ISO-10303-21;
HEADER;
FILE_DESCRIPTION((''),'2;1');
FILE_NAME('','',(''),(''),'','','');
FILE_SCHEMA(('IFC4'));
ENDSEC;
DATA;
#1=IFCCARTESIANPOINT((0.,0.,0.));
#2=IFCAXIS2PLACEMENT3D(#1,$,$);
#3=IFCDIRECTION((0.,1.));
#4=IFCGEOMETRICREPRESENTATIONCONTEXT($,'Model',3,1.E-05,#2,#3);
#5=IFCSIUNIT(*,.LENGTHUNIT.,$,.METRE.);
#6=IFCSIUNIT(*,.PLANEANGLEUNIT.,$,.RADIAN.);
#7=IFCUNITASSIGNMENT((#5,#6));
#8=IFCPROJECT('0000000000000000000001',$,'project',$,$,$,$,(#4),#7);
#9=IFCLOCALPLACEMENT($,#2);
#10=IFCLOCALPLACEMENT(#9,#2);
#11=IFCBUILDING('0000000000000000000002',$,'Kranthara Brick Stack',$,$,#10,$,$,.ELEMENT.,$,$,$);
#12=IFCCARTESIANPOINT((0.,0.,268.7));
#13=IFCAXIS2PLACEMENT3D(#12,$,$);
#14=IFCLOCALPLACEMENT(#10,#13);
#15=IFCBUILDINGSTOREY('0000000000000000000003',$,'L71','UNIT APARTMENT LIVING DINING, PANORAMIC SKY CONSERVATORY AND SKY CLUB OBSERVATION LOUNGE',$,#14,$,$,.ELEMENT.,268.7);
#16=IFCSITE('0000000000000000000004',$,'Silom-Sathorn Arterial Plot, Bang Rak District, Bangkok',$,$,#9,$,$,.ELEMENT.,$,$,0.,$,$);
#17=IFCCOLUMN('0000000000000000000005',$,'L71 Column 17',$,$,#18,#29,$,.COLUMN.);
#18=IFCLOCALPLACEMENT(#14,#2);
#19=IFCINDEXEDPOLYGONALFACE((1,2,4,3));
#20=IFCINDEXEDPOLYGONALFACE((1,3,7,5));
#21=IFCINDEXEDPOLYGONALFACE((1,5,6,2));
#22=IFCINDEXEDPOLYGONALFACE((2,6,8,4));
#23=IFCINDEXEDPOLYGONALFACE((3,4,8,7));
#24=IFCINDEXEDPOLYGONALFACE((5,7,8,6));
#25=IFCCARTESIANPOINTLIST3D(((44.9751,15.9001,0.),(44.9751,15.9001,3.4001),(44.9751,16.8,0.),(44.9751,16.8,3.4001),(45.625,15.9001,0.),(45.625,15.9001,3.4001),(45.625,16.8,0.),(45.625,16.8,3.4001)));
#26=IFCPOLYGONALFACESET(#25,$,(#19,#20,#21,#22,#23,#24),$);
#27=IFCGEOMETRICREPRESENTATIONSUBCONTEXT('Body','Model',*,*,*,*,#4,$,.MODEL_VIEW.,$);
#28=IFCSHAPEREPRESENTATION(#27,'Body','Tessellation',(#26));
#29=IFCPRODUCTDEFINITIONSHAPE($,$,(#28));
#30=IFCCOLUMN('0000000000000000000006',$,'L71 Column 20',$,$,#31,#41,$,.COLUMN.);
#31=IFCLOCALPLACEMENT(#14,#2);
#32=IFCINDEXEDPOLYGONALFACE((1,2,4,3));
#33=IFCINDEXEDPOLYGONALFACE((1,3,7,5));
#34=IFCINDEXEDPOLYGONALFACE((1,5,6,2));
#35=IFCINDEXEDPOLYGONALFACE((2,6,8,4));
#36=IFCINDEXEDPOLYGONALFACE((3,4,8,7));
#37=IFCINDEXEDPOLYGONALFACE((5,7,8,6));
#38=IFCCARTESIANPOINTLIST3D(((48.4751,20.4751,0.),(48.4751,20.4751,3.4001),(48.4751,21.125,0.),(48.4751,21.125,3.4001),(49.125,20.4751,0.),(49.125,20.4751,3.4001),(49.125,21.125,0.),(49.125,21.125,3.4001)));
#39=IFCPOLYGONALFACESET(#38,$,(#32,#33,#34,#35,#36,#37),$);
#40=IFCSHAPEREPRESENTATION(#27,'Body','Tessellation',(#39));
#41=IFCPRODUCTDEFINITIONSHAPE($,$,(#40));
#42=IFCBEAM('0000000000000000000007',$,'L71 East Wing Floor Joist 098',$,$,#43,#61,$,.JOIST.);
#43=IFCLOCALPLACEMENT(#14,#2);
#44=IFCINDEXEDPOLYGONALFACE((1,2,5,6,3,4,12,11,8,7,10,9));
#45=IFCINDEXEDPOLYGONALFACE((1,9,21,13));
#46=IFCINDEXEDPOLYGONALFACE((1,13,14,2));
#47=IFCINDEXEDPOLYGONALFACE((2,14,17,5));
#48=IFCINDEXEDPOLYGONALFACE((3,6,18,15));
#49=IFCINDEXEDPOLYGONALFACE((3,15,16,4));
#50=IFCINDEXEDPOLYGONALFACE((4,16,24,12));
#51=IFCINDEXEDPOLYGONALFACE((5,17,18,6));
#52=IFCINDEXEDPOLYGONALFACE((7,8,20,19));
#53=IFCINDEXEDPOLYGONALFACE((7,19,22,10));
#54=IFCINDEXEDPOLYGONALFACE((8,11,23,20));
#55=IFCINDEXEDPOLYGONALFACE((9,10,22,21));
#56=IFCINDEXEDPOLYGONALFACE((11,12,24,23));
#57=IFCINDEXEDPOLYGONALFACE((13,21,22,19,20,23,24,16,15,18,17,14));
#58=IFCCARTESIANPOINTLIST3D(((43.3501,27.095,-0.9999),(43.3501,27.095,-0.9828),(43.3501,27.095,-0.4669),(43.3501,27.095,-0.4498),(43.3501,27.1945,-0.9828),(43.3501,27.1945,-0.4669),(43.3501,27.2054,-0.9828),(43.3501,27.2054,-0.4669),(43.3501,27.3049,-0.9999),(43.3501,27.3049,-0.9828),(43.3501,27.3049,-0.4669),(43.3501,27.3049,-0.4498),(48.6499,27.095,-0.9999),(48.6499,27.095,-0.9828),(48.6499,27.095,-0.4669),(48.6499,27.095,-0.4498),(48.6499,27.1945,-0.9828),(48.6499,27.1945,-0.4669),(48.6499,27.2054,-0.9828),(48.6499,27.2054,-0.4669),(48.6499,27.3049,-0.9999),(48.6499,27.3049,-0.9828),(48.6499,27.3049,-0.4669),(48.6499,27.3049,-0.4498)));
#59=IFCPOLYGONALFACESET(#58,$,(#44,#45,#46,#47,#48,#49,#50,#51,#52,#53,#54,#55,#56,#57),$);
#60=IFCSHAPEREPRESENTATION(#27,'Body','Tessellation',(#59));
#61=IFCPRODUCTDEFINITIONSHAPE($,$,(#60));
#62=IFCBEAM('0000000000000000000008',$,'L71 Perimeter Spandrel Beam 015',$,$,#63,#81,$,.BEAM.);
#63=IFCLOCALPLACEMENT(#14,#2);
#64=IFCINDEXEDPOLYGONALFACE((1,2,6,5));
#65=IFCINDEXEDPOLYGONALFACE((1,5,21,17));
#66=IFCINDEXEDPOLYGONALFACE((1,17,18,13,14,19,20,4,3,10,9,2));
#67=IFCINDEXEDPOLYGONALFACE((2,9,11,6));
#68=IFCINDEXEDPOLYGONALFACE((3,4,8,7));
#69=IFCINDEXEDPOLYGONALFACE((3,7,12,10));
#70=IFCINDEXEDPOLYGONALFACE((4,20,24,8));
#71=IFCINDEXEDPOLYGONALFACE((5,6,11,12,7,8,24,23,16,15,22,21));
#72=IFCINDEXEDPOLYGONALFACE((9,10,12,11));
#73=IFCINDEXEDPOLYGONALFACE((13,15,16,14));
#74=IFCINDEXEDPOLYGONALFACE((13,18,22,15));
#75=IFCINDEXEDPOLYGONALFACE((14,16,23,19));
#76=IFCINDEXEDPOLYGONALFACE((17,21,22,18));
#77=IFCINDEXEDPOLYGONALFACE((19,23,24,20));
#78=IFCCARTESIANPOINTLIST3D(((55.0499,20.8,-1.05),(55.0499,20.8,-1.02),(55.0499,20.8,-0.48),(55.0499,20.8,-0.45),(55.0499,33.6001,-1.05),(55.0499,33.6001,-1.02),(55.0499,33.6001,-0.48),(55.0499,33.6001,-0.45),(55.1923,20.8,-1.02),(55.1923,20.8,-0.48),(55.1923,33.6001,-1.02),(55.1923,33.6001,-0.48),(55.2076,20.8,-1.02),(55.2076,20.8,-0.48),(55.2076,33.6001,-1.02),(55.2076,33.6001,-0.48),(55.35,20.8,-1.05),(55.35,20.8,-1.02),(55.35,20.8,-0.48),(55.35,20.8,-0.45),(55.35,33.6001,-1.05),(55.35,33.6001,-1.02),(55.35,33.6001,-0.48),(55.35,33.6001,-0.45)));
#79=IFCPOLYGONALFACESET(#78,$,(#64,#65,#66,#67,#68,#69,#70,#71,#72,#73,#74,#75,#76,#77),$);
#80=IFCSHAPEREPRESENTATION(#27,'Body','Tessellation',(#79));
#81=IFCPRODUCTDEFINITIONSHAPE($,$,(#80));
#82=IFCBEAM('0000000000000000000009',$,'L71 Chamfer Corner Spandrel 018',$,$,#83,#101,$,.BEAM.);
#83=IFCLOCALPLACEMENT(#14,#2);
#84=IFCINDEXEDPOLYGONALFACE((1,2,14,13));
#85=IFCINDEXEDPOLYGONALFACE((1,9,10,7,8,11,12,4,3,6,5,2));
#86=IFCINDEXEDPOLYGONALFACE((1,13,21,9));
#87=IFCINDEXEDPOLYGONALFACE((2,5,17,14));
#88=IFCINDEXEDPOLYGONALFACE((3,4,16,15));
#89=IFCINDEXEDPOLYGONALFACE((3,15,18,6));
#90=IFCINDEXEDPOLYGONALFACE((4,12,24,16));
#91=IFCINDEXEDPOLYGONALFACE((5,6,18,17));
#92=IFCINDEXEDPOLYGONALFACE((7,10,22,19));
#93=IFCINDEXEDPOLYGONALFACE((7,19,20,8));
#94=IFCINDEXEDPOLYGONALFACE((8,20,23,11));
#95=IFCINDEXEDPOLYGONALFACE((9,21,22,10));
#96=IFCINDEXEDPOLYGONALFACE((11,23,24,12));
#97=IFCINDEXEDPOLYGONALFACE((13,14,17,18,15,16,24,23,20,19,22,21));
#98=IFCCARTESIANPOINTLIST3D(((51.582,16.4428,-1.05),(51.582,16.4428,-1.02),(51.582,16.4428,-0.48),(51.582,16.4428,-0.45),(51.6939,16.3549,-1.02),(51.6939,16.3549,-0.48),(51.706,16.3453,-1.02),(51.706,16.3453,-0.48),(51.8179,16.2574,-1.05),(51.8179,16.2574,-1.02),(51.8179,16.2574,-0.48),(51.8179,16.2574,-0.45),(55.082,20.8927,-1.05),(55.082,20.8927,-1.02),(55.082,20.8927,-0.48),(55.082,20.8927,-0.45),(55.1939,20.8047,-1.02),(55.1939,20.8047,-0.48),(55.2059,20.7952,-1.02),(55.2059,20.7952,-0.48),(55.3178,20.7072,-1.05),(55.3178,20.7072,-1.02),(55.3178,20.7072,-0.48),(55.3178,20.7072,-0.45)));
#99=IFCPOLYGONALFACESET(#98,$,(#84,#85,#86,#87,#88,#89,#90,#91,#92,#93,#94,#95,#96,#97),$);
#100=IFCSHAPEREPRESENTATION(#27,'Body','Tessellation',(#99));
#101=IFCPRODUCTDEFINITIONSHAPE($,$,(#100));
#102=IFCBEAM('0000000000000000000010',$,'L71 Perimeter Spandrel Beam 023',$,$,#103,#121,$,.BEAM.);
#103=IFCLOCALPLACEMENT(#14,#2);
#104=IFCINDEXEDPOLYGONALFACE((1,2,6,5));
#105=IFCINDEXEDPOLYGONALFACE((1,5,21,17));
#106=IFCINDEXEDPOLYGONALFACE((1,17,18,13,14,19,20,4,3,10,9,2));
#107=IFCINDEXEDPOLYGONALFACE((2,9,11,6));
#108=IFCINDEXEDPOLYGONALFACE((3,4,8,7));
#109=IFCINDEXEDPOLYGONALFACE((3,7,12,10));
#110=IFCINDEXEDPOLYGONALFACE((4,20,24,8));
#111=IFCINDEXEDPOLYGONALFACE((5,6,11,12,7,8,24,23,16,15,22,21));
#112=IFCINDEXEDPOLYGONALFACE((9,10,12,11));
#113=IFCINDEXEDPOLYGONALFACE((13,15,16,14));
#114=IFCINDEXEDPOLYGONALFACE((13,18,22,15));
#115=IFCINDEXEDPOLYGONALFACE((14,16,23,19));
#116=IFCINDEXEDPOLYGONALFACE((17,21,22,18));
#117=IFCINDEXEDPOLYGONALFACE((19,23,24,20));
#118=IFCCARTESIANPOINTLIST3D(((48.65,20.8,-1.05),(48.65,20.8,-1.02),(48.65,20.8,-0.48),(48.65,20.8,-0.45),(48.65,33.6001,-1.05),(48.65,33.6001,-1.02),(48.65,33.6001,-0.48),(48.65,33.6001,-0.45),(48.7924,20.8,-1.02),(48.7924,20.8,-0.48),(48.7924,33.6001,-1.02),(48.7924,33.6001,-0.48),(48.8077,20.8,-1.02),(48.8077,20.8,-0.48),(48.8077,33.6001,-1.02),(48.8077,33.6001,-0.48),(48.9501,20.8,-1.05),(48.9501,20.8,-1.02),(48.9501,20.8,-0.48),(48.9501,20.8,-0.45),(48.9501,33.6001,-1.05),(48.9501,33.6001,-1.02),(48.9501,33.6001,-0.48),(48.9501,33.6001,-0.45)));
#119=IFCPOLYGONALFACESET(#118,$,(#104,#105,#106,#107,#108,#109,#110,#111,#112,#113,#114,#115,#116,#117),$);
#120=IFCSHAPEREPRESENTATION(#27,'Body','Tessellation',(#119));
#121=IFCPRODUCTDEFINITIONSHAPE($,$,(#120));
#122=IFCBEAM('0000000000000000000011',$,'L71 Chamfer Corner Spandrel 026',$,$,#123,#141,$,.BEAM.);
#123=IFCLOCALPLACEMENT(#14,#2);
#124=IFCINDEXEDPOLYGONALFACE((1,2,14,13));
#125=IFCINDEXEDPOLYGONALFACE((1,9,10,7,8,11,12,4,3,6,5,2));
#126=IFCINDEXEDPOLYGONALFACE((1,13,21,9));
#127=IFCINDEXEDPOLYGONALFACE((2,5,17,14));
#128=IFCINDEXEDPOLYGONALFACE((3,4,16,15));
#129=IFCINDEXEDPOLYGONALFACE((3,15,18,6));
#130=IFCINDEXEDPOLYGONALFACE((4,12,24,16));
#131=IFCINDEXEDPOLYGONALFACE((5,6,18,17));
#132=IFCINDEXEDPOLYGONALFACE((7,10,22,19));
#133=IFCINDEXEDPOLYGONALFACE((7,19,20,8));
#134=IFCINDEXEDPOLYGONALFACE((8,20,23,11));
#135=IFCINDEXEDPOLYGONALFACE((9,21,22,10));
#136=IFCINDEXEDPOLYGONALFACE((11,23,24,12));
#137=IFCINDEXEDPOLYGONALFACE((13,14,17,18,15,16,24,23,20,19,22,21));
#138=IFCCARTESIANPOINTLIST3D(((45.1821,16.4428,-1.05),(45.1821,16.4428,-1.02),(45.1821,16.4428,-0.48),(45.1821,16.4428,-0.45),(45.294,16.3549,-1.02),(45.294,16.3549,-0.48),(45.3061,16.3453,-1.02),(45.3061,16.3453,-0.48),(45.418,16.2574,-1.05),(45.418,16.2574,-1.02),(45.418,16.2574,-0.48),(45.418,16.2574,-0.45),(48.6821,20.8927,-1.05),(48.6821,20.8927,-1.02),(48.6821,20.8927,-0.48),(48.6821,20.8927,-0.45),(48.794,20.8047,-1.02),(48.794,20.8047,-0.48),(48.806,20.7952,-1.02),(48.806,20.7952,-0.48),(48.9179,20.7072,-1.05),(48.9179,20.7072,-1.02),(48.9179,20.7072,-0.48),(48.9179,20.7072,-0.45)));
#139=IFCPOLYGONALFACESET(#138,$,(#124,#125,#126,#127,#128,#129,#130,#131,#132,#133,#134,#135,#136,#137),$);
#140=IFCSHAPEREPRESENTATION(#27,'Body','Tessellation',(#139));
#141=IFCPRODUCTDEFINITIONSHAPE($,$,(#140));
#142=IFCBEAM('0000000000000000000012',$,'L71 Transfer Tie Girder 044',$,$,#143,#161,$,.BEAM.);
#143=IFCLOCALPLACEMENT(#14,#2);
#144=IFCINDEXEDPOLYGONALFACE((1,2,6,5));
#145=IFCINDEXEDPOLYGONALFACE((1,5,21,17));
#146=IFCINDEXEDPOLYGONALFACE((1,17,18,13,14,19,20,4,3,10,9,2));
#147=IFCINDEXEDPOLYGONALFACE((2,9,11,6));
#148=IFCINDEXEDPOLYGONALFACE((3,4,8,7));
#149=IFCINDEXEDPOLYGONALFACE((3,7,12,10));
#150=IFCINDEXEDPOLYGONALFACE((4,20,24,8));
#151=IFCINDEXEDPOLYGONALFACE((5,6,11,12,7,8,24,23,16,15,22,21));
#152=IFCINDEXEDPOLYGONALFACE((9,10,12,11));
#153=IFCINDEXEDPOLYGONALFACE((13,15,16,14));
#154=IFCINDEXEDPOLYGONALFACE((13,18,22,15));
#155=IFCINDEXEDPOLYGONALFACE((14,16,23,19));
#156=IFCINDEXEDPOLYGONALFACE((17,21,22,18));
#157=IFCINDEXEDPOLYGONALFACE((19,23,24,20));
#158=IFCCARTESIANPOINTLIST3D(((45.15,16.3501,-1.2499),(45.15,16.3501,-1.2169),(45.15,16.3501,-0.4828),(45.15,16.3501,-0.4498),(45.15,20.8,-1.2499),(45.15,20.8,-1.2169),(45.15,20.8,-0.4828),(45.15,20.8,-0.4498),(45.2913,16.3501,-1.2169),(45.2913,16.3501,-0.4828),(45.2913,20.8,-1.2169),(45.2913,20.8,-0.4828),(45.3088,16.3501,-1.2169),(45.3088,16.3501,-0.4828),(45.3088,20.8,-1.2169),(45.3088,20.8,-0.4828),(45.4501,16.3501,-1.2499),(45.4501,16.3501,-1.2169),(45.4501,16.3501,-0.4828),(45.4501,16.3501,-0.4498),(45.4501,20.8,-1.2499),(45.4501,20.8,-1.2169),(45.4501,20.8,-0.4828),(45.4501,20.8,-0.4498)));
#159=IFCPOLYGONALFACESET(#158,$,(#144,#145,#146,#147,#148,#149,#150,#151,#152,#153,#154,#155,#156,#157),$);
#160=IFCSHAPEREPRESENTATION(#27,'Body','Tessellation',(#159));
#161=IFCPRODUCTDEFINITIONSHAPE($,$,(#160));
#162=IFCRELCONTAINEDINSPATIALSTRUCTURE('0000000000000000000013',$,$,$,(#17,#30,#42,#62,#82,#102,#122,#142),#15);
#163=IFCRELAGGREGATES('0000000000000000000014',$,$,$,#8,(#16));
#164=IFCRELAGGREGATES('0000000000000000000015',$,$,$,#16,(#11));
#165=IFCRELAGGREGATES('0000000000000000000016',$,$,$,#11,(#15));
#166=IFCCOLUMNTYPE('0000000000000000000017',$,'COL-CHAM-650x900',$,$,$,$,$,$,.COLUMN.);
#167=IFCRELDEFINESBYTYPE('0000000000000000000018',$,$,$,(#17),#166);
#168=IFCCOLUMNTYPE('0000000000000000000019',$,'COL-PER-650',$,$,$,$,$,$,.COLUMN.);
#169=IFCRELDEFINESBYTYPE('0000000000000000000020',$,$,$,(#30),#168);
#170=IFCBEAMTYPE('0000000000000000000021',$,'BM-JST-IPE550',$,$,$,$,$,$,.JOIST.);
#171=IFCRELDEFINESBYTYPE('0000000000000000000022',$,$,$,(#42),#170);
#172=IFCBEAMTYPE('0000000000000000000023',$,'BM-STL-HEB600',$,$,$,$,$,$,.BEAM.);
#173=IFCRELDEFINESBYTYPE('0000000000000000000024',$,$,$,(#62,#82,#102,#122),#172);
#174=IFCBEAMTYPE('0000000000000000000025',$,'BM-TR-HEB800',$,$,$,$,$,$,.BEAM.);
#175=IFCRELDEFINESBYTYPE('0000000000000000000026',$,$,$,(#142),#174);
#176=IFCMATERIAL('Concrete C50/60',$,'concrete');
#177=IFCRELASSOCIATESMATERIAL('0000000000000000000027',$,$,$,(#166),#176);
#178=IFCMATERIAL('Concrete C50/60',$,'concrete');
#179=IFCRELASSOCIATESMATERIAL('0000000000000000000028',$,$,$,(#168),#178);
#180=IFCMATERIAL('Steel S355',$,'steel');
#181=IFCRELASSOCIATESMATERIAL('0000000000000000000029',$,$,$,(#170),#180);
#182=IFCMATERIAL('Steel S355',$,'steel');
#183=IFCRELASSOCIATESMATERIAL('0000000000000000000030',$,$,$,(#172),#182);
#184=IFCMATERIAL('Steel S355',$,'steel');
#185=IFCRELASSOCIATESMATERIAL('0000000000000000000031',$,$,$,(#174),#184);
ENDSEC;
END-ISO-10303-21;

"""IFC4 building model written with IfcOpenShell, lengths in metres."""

from ifc_helpers import new_model, si_unit, direction, frame, origin, origin_2d, place, context, subcontext, project, spatial, rectangle, i_section, extrude, material, material_profile, profile_set, type_object, element, save


model = new_model("IFC4")

# Units and contexts
model_context = context("Model", 3, precision=1e-05, world=origin(), true_north=direction((0.0, 1.0)))
body_context = subcontext(model_context, "Body", "Model", "MODEL_VIEW")
ifc_project = project(units=[si_unit("LENGTHUNIT", "METRE"), si_unit("PLANEANGLEUNIT", "RADIAN")], contexts=[model_context])

# Site, building, storey
site_placement = place(None, origin())
site = spatial("IfcSite", under=ifc_project, at=site_placement, Name="Silom-Sathorn Arterial Plot, Bang Rak District, Bangkok", CompositionType="ELEMENT", RefElevation=0.0)
building_placement = place(site_placement, origin())
building = spatial("IfcBuilding", under=site, at=building_placement, Name="Kranthara Brick Stack", CompositionType="ELEMENT")
storey_placement = place(building_placement, frame((0.0, 0.0, 268.7)))
storey = spatial("IfcBuildingStorey", under=building, at=storey_placement, Name="L71", Description="UNIT APARTMENT LIVING DINING, PANORAMIC SKY CONSERVATORY AND SKY CLUB OBSERVATION LOUNGE", CompositionType="ELEMENT", Elevation=268.7)

# Columns
ifc_material_1 = material(Name="Concrete C50/60", Category="concrete")
ifc_material_profile_1 = material_profile(ifc_material_1, rectangle(XDim=0.6499, YDim=0.8999, at=origin_2d()), Name="RC 650x900")
ifc_profile_set_1 = profile_set([ifc_material_profile_1], Name="Concrete C50/60")
column_type_1 = type_object("IfcColumnType", Name="COL-CHAM-650x900", PredefinedType="COLUMN", material=ifc_profile_set_1)
column_1_placement = place(storey_placement, frame((45.3, 16.3501, 0.0), z_axis=(0.0, 0.0, 1.0), x_axis=(1.0, 0.0, 0.0)))
element("IfcColumn", 1, at=column_1_placement, inside=storey, type_object=column_type_1, Name="L71 Column 17", PredefinedType="COLUMN", context=body_context, shape_type="SweptSolid", body=[
    extrude(rectangle(XDim=0.6499, YDim=0.8999, at=origin_2d()), origin(), (0.0, 0.0, 1.0), 3.4001),
])
ifc_material_2 = material(Name="Concrete C50/60", Category="concrete")
ifc_material_profile_2 = material_profile(ifc_material_2, rectangle(XDim=0.6499, YDim=0.6499, at=origin_2d()), Name="RC 650x650")
ifc_profile_set_2 = profile_set([ifc_material_profile_2], Name="Concrete C50/60")
column_type_2 = type_object("IfcColumnType", Name="COL-PER-650", PredefinedType="COLUMN", material=ifc_profile_set_2)
column_2_placement = place(storey_placement, frame((48.8, 20.8, 0.0), z_axis=(0.0, 0.0, 1.0), x_axis=(1.0, 0.0, 0.0)))
element("IfcColumn", 2, at=column_2_placement, inside=storey, type_object=column_type_2, Name="L71 Column 20", PredefinedType="COLUMN", context=body_context, shape_type="SweptSolid", body=[
    extrude(rectangle(XDim=0.6499, YDim=0.6499, at=origin_2d()), origin(), (0.0, 0.0, 1.0), 3.4001),
])

# Beams
ifc_material_3 = material(Name="Steel S355", Category="steel")
ifc_material_profile_3 = material_profile(ifc_material_3, i_section(OverallWidth=0.21, OverallDepth=0.55, WebThickness=0.011, FlangeThickness=0.0171, at=origin_2d()), Name="IPE 550")
ifc_profile_set_3 = profile_set([ifc_material_profile_3], Name="Steel S355")
beam_type_1 = type_object("IfcBeamType", Name="BM-JST-IPE550", PredefinedType="JOIST", material=ifc_profile_set_3)
beam_1_placement = place(storey_placement, frame((43.3501, 27.2, -0.7249), z_axis=(1.0, 0.0, 0.0), x_axis=(0.0, 1.0, 0.0)))
element("IfcBeam", 3, at=beam_1_placement, inside=storey, type_object=beam_type_1, Name="L71 East Wing Floor Joist 098", PredefinedType="JOIST", context=body_context, shape_type="SweptSolid", body=[
    extrude(i_section(OverallWidth=0.21, OverallDepth=0.55, WebThickness=0.011, FlangeThickness=0.0171, at=origin_2d()), origin(), (0.0, 0.0, 1.0), 5.2998),
])
ifc_material_4 = material(Name="Steel S355", Category="steel")
ifc_material_profile_4 = material_profile(ifc_material_4, i_section(OverallWidth=0.3, OverallDepth=0.6001, WebThickness=0.0154, FlangeThickness=0.03, at=origin_2d()), Name="HEB 600")
ifc_profile_set_4 = profile_set([ifc_material_profile_4], Name="Steel S355")
beam_type_2 = type_object("IfcBeamType", Name="BM-STL-HEB600", PredefinedType="BEAM", material=ifc_profile_set_4)
beam_2_placement = place(storey_placement, frame((55.2, 20.8, -0.75), z_axis=(0.0, 1.0, 0.0), x_axis=(-1.0, 0.0, 0.0)))
element("IfcBeam", 4, at=beam_2_placement, inside=storey, type_object=beam_type_2, Name="L71 Perimeter Spandrel Beam 015", PredefinedType="BEAM", context=body_context, shape_type="SweptSolid", body=[
    extrude(i_section(OverallWidth=0.3, OverallDepth=0.6001, WebThickness=0.0154, FlangeThickness=0.03, at=origin_2d()), origin(), (0.0, 0.0, 1.0), 12.8),
])
beam_3_placement = place(storey_placement, frame((51.7, 16.3501, -0.75), z_axis=(0.618216, 0.786008, 0.0), x_axis=(-0.786008, 0.618216, 0.0)))
element("IfcBeam", 5, at=beam_3_placement, inside=storey, type_object=beam_type_2, Name="L71 Chamfer Corner Spandrel 018", PredefinedType="BEAM", context=body_context, shape_type="SweptSolid", body=[
    extrude(i_section(OverallWidth=0.3, OverallDepth=0.6001, WebThickness=0.0154, FlangeThickness=0.03, at=origin_2d()), origin(), (0.0, 0.0, 1.0), 5.6614),
])
beam_4_placement = place(storey_placement, frame((48.8, 20.8, -0.75), z_axis=(0.0, 1.0, 0.0), x_axis=(-1.0, 0.0, 0.0)))
element("IfcBeam", 6, at=beam_4_placement, inside=storey, type_object=beam_type_2, Name="L71 Perimeter Spandrel Beam 023", PredefinedType="BEAM", context=body_context, shape_type="SweptSolid", body=[
    extrude(i_section(OverallWidth=0.3, OverallDepth=0.6001, WebThickness=0.0154, FlangeThickness=0.03, at=origin_2d()), origin(), (0.0, 0.0, 1.0), 12.8),
])
beam_5_placement = place(storey_placement, frame((45.3, 16.3501, -0.75), z_axis=(0.618216, 0.786008, 0.0), x_axis=(-0.786008, 0.618216, 0.0)))
element("IfcBeam", 7, at=beam_5_placement, inside=storey, type_object=beam_type_2, Name="L71 Chamfer Corner Spandrel 026", PredefinedType="BEAM", context=body_context, shape_type="SweptSolid", body=[
    extrude(i_section(OverallWidth=0.3, OverallDepth=0.6001, WebThickness=0.0154, FlangeThickness=0.03, at=origin_2d()), origin(), (0.0, 0.0, 1.0), 5.6614),
])
ifc_material_5 = material(Name="Steel S355", Category="steel")
ifc_material_profile_5 = material_profile(ifc_material_5, i_section(OverallWidth=0.3, OverallDepth=0.8, WebThickness=0.0176, FlangeThickness=0.033, at=origin_2d()), Name="HEB 800")
ifc_profile_set_5 = profile_set([ifc_material_profile_5], Name="Steel S355")
beam_type_3 = type_object("IfcBeamType", Name="BM-TR-HEB800", PredefinedType="BEAM", material=ifc_profile_set_5)
beam_6_placement = place(storey_placement, frame((45.3, 16.3501, -0.8499), z_axis=(0.0, 1.0, 0.0), x_axis=(-1.0, 0.0, 0.0)))
element("IfcBeam", 8, at=beam_6_placement, inside=storey, type_object=beam_type_3, Name="L71 Transfer Tie Girder 044", PredefinedType="BEAM", context=body_context, shape_type="SweptSolid", body=[
    extrude(i_section(OverallWidth=0.3, OverallDepth=0.8, WebThickness=0.0176, FlangeThickness=0.033, at=origin_2d()), origin(), (0.0, 0.0, 1.0), 4.45),
])

save(model, "model.ifc")
